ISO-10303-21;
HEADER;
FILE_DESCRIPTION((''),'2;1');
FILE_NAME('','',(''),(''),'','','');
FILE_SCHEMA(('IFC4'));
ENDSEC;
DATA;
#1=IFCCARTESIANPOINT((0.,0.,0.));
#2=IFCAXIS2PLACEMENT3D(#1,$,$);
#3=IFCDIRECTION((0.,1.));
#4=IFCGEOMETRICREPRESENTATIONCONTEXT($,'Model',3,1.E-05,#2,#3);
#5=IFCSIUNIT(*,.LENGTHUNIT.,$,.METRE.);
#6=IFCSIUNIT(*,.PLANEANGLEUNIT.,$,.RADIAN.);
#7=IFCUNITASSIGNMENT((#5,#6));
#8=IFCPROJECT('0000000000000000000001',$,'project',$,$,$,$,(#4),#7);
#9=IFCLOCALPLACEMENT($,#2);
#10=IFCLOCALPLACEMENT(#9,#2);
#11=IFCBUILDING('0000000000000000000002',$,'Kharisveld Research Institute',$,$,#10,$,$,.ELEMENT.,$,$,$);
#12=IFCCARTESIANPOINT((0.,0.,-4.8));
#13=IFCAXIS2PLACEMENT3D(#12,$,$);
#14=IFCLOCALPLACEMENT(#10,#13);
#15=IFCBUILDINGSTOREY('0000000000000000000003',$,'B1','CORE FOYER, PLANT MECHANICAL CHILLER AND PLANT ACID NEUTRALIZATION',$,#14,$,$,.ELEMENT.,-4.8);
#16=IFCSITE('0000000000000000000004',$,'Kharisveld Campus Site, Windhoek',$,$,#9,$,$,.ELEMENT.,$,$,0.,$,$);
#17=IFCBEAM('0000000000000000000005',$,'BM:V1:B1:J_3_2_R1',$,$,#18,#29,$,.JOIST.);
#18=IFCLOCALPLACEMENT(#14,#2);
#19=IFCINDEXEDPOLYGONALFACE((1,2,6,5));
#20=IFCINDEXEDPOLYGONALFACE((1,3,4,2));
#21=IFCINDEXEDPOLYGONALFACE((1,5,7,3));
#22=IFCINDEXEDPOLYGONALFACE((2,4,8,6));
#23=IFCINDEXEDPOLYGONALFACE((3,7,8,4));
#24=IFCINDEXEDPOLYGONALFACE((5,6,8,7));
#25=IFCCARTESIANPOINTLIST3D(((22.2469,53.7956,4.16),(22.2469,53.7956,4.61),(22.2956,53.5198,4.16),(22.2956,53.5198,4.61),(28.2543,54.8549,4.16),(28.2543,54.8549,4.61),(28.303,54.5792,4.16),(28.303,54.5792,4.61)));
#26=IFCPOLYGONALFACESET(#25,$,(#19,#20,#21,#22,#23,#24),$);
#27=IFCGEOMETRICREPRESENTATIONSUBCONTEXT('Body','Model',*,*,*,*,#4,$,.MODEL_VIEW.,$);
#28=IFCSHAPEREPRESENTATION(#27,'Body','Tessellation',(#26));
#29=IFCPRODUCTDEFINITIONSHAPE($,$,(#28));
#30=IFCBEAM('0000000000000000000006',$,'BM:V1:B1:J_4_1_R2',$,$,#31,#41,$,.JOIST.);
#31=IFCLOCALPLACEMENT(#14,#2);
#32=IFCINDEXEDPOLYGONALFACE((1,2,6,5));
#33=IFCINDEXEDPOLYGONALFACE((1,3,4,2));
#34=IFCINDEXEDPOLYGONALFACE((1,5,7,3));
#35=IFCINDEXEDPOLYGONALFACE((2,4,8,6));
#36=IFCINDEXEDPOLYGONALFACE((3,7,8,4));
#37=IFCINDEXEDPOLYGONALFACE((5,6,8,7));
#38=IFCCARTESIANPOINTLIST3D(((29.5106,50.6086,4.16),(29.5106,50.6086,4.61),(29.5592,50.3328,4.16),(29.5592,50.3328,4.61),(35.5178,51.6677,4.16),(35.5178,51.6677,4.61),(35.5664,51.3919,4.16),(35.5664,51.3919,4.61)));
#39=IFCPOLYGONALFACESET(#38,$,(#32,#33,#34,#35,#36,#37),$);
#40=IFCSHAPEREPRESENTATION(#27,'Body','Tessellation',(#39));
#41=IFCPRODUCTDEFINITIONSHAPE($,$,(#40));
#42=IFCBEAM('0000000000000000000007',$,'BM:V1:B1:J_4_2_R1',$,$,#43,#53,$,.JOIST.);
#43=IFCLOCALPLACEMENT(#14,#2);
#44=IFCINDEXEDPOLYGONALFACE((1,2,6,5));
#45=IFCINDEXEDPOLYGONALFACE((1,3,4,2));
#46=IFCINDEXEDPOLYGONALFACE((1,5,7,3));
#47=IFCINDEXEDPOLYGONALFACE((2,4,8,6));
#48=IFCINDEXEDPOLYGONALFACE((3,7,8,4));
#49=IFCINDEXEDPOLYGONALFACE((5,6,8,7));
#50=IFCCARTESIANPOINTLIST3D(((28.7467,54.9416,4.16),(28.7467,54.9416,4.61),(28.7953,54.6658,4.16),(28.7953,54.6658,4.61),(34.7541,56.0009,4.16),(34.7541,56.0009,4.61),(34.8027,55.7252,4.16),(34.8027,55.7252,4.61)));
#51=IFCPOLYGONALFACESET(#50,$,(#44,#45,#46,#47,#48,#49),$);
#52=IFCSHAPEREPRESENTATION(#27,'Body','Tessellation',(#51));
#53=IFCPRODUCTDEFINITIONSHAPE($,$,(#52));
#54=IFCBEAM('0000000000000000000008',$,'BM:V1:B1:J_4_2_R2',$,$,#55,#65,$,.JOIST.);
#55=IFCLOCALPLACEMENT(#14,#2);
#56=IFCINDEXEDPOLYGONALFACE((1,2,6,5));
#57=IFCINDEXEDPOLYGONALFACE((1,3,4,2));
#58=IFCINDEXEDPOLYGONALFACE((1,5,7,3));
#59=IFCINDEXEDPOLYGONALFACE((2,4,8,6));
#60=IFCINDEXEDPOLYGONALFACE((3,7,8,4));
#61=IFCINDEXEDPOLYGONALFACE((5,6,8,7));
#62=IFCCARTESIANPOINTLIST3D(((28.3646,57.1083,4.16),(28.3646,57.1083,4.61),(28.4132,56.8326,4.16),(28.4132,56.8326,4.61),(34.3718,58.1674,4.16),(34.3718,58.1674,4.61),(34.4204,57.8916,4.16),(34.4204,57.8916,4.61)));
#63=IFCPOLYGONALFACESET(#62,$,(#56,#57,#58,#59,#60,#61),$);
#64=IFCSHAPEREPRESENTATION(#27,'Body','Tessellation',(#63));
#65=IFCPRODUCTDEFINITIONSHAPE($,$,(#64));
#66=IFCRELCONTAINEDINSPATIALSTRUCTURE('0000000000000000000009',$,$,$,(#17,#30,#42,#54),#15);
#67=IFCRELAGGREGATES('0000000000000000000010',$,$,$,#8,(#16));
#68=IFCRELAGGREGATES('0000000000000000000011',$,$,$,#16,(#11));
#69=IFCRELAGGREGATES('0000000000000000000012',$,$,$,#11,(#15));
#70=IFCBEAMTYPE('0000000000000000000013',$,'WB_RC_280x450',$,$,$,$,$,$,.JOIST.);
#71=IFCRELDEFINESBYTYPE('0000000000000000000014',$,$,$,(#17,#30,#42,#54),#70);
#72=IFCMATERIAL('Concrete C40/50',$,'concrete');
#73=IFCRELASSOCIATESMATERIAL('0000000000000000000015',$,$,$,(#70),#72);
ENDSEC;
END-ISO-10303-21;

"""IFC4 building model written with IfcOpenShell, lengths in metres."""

from ifc_helpers import new_model, si_unit, direction, frame, origin, origin_2d, place, context, subcontext, project, spatial, rectangle, extrude, material, material_profile, profile_set, type_object, element, save


model = new_model("IFC4")

# Units and contexts
model_context = context("Model", 3, precision=1e-05, world=origin(), true_north=direction((0.0, 1.0)))
body_context = subcontext(model_context, "Body", "Model", "MODEL_VIEW")
ifc_project = project(units=[si_unit("LENGTHUNIT", "METRE"), si_unit("PLANEANGLEUNIT", "RADIAN")], contexts=[model_context])

# Site, building, storey
site_placement = place(None, origin())
site = spatial("IfcSite", under=ifc_project, at=site_placement, Name="Kharisveld Campus Site, Windhoek", CompositionType="ELEMENT", RefElevation=0.0)
building_placement = place(site_placement, origin())
building = spatial("IfcBuilding", under=site, at=building_placement, Name="Kharisveld Research Institute", CompositionType="ELEMENT")
storey_placement = place(building_placement, frame((0.0, 0.0, -4.8)))
storey = spatial("IfcBuildingStorey", under=building, at=storey_placement, Name="B1", Description="CORE FOYER, PLANT MECHANICAL CHILLER AND PLANT ACID NEUTRALIZATION", CompositionType="ELEMENT", Elevation=-4.8)

# Beams
ifc_material_1 = material(Name="Concrete C40/50", Category="concrete")
ifc_material_profile_1 = material_profile(ifc_material_1, rectangle(XDim=0.28, YDim=0.45, at=origin_2d()))
ifc_profile_set_1 = profile_set([ifc_material_profile_1], Name="Concrete C40/50")
beam_type_1 = type_object("IfcBeamType", Name="WB_RC_280x450", PredefinedType="JOIST", material=ifc_profile_set_1)
beam_1_placement = place(storey_placement, frame((22.2712, 53.6577, 4.385), z_axis=(0.984806, 0.17366, 0.0), x_axis=(-0.17366, 0.984806, 0.0)))
element("IfcBeam", 1, at=beam_1_placement, inside=storey, type_object=beam_type_1, Name="BM:V1:B1:J_3_2_R1", PredefinedType="JOIST", context=body_context, shape_type="SweptSolid", body=[
    extrude(rectangle(XDim=0.28, YDim=0.45, at=origin_2d()), origin(), (0.0, 0.0, 1.0), 6.1001),
])
beam_2_placement = place(storey_placement, frame((29.5349, 50.4707, 4.385), z_axis=(0.984813, 0.173621, 0.0), x_axis=(-0.173621, 0.984813, 0.0)))
element("IfcBeam", 2, at=beam_2_placement, inside=storey, type_object=beam_type_1, Name="BM:V1:B1:J_4_1_R2", PredefinedType="JOIST", context=body_context, shape_type="SweptSolid", body=[
    extrude(rectangle(XDim=0.28, YDim=0.45, at=origin_2d()), origin(), (0.0, 0.0, 1.0), 6.0999),
])
beam_3_placement = place(storey_placement, frame((28.771, 54.8037, 4.385), z_axis=(0.984806, 0.17366, 0.0), x_axis=(-0.17366, 0.984806, 0.0)))
element("IfcBeam", 3, at=beam_3_placement, inside=storey, type_object=beam_type_1, Name="BM:V1:B1:J_4_2_R1", PredefinedType="JOIST", context=body_context, shape_type="SweptSolid", body=[
    extrude(rectangle(XDim=0.28, YDim=0.45, at=origin_2d()), origin(), (0.0, 0.0, 1.0), 6.1001),
])
beam_4_placement = place(storey_placement, frame((28.3889, 56.9705, 4.385), z_axis=(0.984813, 0.173621, 0.0), x_axis=(-0.173621, 0.984813, 0.0)))
element("IfcBeam", 4, at=beam_4_placement, inside=storey, type_object=beam_type_1, Name="BM:V1:B1:J_4_2_R2", PredefinedType="JOIST", context=body_context, shape_type="SweptSolid", body=[
    extrude(rectangle(XDim=0.28, YDim=0.45, at=origin_2d()), origin(), (0.0, 0.0, 1.0), 6.0999),
])

save(model, "model.ifc")
